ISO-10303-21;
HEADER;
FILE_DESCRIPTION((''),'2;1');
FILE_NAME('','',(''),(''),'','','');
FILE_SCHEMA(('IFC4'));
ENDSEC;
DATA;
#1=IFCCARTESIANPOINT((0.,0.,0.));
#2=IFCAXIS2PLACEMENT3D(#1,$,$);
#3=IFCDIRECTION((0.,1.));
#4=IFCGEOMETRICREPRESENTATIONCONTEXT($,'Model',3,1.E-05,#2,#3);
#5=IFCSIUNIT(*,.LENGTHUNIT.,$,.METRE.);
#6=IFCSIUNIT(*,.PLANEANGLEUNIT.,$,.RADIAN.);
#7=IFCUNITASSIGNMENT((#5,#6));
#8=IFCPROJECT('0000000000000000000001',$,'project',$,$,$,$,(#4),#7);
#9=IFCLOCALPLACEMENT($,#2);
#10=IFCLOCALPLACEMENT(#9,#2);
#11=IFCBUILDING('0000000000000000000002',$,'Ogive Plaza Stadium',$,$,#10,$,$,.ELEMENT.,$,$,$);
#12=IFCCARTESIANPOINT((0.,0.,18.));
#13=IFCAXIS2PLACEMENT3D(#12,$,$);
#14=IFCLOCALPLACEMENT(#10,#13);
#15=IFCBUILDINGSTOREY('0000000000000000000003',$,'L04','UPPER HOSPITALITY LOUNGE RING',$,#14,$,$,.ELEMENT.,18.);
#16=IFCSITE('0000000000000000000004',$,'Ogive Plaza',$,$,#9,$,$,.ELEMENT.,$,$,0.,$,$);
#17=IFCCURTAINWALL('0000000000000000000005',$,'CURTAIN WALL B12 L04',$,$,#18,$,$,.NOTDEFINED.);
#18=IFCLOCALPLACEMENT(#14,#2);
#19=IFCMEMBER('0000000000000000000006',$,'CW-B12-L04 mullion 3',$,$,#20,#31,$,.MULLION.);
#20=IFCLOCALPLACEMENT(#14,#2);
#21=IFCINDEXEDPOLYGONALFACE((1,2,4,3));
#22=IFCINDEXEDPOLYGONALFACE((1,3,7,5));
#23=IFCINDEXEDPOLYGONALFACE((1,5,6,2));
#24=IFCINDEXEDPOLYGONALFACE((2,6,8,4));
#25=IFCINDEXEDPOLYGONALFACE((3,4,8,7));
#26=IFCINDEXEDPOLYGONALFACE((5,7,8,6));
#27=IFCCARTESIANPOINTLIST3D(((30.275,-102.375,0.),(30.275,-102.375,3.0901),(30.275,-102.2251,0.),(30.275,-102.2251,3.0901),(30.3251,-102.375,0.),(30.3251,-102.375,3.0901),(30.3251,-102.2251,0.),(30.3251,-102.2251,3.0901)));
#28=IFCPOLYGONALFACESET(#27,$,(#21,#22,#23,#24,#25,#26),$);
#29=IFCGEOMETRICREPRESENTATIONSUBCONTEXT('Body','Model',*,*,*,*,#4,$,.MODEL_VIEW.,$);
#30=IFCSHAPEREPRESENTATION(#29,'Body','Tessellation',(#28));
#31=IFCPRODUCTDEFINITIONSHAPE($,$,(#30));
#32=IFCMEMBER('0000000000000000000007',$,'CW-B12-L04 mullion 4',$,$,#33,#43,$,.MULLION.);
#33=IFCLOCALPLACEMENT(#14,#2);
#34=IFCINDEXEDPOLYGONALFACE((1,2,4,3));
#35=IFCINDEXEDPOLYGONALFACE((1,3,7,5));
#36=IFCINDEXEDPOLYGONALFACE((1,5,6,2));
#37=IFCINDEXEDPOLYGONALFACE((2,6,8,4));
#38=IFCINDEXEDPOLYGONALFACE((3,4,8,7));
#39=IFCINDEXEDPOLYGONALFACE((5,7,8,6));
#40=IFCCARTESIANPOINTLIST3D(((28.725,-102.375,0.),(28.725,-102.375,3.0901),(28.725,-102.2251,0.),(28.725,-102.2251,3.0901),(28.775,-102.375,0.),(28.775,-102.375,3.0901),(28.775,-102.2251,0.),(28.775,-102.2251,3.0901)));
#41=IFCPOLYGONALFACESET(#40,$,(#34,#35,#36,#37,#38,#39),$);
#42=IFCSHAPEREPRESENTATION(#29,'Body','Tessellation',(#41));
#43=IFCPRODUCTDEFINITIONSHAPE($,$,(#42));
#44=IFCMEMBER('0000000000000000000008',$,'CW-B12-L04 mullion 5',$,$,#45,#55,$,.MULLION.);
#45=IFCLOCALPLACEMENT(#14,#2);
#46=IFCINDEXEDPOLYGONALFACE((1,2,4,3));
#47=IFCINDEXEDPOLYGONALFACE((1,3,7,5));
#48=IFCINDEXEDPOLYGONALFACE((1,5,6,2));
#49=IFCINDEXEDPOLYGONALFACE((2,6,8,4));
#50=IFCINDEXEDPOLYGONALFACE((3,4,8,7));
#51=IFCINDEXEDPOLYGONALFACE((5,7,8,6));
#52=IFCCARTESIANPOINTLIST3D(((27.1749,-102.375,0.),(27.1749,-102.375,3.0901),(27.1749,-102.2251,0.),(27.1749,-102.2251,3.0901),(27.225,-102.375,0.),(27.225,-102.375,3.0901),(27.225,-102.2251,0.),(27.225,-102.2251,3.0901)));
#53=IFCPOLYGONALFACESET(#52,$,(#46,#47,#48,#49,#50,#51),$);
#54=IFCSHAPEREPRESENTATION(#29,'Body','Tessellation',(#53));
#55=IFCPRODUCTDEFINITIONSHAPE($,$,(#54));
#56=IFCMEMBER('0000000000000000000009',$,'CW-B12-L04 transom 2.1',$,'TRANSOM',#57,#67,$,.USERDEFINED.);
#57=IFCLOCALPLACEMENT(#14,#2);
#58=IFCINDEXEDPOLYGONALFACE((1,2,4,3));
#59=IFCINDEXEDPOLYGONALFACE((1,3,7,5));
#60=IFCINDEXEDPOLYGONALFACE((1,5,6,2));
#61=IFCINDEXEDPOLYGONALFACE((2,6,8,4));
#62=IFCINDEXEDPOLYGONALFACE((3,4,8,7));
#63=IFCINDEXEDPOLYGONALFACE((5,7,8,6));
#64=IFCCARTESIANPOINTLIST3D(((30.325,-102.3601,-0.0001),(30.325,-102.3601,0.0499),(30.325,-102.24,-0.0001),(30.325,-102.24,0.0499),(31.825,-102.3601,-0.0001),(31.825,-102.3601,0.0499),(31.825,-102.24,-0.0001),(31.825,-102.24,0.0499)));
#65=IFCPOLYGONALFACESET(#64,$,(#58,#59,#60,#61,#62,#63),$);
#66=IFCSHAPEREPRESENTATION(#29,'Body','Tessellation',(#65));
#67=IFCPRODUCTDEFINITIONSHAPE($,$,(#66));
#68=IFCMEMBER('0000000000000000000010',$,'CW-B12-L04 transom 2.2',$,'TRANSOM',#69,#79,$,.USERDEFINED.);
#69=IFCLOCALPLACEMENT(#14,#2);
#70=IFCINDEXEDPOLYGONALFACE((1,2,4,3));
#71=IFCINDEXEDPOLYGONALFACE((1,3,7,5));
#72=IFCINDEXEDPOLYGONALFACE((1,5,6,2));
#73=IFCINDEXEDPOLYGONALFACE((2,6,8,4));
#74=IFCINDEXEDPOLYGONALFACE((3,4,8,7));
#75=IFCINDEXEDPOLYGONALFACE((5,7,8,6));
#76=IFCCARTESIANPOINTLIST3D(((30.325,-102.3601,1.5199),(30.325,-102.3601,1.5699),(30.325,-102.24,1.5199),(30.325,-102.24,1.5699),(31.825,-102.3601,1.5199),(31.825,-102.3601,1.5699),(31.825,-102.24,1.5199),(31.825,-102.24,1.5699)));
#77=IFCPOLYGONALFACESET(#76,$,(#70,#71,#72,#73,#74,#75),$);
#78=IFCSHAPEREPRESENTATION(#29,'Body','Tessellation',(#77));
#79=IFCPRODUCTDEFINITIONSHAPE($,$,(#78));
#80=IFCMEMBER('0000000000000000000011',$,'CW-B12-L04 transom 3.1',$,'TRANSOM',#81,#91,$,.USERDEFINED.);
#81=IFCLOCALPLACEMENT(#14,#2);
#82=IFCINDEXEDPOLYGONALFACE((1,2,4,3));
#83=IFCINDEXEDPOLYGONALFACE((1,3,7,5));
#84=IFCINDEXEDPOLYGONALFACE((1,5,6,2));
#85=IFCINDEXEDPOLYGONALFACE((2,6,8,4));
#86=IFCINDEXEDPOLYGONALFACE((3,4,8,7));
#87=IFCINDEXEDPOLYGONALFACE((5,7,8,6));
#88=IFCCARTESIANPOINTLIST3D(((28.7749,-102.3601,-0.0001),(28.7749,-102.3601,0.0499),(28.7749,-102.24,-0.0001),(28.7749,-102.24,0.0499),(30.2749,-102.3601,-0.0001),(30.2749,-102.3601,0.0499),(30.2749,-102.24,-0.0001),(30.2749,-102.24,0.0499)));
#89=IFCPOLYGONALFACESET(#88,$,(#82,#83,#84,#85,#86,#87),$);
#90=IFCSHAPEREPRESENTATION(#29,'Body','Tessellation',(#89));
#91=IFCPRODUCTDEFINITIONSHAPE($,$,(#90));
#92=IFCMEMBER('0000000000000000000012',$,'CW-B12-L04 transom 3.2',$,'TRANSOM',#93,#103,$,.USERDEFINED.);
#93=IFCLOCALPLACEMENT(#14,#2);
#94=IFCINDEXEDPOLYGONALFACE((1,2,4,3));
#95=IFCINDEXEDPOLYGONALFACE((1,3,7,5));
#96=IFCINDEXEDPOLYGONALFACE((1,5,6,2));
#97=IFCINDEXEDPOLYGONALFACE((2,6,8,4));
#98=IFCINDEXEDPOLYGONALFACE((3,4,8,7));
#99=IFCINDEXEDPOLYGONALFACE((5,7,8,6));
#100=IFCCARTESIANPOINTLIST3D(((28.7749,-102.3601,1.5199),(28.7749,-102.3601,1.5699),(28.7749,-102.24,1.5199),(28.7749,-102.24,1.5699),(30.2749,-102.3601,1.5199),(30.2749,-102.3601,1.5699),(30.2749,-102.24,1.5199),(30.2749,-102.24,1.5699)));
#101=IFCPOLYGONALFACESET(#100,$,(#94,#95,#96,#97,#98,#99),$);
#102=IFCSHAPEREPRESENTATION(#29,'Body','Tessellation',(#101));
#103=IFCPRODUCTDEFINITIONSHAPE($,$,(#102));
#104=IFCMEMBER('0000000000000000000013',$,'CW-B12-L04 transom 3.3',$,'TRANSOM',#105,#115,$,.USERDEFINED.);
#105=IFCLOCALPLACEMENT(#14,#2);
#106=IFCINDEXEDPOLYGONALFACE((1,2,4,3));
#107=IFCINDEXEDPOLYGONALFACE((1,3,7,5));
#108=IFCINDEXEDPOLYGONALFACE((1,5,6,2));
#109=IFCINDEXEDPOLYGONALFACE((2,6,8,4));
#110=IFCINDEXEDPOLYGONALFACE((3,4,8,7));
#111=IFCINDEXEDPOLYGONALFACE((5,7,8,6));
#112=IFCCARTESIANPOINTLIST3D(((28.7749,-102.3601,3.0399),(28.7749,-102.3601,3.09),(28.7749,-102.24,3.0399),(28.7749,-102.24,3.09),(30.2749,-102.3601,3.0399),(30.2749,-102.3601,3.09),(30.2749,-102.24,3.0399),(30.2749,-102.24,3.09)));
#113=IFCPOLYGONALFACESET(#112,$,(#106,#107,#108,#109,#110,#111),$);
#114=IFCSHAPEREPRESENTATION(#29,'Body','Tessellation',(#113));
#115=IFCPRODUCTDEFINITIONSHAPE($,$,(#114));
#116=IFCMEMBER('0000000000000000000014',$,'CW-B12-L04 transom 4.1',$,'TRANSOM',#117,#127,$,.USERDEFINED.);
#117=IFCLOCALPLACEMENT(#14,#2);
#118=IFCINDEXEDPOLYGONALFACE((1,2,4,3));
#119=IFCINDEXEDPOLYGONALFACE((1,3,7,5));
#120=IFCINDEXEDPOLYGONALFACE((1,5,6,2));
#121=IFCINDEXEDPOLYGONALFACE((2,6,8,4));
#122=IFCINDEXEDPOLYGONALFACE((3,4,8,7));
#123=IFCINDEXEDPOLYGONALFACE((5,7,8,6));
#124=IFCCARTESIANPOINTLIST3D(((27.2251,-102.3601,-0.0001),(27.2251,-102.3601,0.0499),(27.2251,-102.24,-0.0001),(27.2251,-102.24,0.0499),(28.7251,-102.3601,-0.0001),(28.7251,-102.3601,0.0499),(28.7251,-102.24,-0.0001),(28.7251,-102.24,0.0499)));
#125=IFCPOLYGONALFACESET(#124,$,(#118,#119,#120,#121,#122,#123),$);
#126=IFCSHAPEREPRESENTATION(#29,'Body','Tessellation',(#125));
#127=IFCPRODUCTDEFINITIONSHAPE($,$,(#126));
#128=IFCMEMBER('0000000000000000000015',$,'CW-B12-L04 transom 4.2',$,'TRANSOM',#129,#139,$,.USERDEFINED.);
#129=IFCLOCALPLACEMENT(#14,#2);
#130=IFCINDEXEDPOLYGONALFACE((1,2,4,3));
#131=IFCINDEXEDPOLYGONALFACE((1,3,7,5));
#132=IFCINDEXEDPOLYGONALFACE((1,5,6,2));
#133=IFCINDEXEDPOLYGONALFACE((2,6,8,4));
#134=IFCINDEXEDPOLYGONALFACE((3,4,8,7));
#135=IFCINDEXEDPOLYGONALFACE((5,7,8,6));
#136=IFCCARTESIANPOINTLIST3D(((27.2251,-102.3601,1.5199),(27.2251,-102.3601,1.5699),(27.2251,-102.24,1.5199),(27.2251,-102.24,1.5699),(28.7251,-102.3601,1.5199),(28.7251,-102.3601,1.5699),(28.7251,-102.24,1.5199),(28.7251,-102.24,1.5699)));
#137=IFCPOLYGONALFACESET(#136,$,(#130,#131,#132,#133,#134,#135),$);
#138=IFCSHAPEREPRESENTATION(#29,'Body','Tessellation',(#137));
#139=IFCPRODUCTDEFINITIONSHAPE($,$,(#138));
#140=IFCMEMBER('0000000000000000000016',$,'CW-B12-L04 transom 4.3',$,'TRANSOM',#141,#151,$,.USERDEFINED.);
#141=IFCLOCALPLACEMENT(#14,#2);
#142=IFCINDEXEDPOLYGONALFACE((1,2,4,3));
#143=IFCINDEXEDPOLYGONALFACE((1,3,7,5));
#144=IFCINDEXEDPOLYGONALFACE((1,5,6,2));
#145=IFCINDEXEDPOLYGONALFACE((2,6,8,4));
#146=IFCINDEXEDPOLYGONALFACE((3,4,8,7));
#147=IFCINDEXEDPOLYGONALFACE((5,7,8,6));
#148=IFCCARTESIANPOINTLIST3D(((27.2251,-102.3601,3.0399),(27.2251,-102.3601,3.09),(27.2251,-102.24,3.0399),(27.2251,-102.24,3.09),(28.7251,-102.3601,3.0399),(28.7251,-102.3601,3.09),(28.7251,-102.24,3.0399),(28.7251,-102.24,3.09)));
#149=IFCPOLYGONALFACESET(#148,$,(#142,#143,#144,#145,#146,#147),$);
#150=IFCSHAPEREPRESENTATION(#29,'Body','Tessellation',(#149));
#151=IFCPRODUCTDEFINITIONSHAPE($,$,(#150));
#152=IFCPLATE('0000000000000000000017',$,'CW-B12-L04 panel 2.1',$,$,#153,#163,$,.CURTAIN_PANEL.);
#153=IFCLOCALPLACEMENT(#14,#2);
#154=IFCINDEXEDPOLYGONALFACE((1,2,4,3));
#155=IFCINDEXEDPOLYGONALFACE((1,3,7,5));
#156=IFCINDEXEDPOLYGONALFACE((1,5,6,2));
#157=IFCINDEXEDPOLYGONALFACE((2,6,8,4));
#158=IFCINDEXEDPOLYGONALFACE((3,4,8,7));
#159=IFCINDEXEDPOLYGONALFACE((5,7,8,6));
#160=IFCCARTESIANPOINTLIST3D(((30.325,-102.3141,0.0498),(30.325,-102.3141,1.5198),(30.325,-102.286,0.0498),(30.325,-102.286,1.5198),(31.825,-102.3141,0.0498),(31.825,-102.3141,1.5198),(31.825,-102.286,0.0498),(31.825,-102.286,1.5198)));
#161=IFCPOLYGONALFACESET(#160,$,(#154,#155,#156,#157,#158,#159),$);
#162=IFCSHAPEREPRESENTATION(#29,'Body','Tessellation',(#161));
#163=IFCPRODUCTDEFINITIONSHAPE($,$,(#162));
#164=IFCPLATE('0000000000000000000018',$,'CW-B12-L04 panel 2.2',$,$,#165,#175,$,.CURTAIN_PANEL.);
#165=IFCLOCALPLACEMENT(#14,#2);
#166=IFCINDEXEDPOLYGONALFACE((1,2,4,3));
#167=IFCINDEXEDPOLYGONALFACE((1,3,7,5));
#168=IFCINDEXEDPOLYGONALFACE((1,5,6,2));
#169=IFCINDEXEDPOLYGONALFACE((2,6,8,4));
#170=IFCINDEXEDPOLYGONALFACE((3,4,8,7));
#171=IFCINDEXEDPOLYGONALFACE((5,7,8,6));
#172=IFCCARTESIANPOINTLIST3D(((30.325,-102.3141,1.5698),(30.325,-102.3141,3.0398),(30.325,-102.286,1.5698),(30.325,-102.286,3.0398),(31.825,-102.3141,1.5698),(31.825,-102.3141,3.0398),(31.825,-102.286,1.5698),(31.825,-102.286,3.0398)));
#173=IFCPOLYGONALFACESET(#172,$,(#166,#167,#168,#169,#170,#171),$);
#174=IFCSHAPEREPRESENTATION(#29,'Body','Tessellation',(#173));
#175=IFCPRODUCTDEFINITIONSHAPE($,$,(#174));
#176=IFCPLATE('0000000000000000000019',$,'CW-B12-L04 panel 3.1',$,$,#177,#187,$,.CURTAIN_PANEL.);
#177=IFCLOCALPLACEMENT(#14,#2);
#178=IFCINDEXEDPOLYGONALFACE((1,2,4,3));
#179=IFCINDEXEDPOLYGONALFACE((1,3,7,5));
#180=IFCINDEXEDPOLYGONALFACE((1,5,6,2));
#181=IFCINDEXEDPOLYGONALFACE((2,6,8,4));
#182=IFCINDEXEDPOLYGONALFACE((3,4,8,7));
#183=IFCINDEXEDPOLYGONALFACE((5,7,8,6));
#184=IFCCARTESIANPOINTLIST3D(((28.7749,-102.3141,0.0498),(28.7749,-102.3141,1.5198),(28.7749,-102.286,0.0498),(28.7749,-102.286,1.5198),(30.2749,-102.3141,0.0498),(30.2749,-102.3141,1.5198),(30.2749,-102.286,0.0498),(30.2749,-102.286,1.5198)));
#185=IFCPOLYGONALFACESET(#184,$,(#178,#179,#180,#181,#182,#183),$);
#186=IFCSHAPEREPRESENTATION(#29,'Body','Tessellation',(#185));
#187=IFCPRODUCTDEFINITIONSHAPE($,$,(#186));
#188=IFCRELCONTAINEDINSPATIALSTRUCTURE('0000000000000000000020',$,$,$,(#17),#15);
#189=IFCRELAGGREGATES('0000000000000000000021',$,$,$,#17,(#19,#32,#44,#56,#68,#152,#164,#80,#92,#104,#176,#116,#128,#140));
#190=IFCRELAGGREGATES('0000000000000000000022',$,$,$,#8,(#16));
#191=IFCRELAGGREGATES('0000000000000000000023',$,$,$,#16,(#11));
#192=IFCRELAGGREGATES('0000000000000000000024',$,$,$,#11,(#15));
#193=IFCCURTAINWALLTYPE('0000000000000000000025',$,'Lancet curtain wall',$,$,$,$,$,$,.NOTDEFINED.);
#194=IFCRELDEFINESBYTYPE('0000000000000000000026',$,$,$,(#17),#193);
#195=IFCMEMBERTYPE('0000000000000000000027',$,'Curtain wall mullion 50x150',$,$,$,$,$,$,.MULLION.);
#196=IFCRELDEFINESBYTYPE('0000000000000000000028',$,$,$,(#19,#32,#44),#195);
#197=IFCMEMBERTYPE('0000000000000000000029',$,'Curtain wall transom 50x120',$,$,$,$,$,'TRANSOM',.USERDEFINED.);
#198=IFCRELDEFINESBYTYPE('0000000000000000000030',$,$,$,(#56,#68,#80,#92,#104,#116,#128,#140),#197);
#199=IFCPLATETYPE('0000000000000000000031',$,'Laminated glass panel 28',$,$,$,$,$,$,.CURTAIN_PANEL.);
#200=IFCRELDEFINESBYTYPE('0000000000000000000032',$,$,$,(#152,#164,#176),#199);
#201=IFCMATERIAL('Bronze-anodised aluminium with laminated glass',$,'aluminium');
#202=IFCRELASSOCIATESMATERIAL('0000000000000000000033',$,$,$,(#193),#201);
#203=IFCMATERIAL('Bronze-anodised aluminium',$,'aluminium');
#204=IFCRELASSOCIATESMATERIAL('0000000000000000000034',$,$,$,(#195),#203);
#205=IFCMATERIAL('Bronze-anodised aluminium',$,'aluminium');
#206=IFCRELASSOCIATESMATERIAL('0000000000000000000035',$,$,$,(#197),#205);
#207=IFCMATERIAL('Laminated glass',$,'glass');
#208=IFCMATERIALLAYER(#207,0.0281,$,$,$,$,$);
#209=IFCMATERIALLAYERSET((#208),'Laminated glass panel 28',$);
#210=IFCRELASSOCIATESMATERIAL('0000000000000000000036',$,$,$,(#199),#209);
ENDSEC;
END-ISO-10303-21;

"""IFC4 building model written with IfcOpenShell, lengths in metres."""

from ifc_helpers import new_model, si_unit, direction, frame, origin, origin_2d, place, context, subcontext, project, spatial, rectangle, extrude, material, layer, layer_set, material_profile, profile_set, type_object, element, aggregate, save


model = new_model("IFC4")

# Units and contexts
model_context = context("Model", 3, precision=1e-05, world=origin(), true_north=direction((0.0, 1.0)))
body_context = subcontext(model_context, "Body", "Model", "MODEL_VIEW")
ifc_project = project(units=[si_unit("LENGTHUNIT", "METRE"), si_unit("PLANEANGLEUNIT", "RADIAN")], contexts=[model_context])

# Site, building, storey
site_placement = place(None, origin())
site = spatial("IfcSite", under=ifc_project, at=site_placement, Name="Ogive Plaza", CompositionType="ELEMENT", RefElevation=0.0)
building_placement = place(site_placement, origin())
building = spatial("IfcBuilding", under=site, at=building_placement, Name="Ogive Plaza Stadium", CompositionType="ELEMENT")
storey_placement = place(building_placement, frame((0.0, 0.0, 18.0)))
storey = spatial("IfcBuildingStorey", under=building, at=storey_placement, Name="L04", Description="UPPER HOSPITALITY LOUNGE RING", CompositionType="ELEMENT", Elevation=18.0)

# Curtain wall, members, plates
ifc_material_1 = material(Name="Bronze-anodised aluminium with laminated glass", Category="aluminium")
curtain_wall_type = type_object("IfcCurtainWallType", Name="Lancet curtain wall", PredefinedType="NOTDEFINED", material=ifc_material_1)
curtain_wall_placement = place(storey_placement, origin())
curtain_wall = element("IfcCurtainWall", 1, at=curtain_wall_placement, inside=storey, type_object=curtain_wall_type, Name="CURTAIN WALL B12 L04", PredefinedType="NOTDEFINED")
ifc_material_2 = material(Name="Bronze-anodised aluminium", Category="aluminium")
ifc_material_profile_1 = material_profile(ifc_material_2, rectangle(XDim=0.1499, YDim=0.05, at=origin_2d()), Name="AL 150x50")
ifc_profile_set_1 = profile_set([ifc_material_profile_1], Name="Bronze-anodised aluminium")
member_type_1 = type_object("IfcMemberType", Name="Curtain wall mullion 50x150", PredefinedType="MULLION", material=ifc_profile_set_1)
member_1_placement = place(storey_placement, frame((30.3, -102.3, 0.0), z_axis=(0.0, 0.0, 1.0), x_axis=(0.0, -1.0, 0.0)))
member_1 = element("IfcMember", 2, at=member_1_placement, type_object=member_type_1, Name="CW-B12-L04 mullion 3", PredefinedType="MULLION", context=body_context, shape_type="SweptSolid", body=[
    extrude(rectangle(XDim=0.1499, YDim=0.05, at=origin_2d()), origin(), (0.0, 0.0, 1.0), 3.0901),
])
member_2_placement = place(storey_placement, frame((28.75, -102.3, 0.0), z_axis=(0.0, 0.0, 1.0), x_axis=(0.0, -1.0, 0.0)))
member_2 = element("IfcMember", 3, at=member_2_placement, type_object=member_type_1, Name="CW-B12-L04 mullion 4", PredefinedType="MULLION", context=body_context, shape_type="SweptSolid", body=[
    extrude(rectangle(XDim=0.1499, YDim=0.05, at=origin_2d()), origin(), (0.0, 0.0, 1.0), 3.0901),
])
member_3_placement = place(storey_placement, frame((27.2, -102.3, 0.0), z_axis=(0.0, 0.0, 1.0), x_axis=(0.0, -1.0, 0.0)))
member_3 = element("IfcMember", 4, at=member_3_placement, type_object=member_type_1, Name="CW-B12-L04 mullion 5", PredefinedType="MULLION", context=body_context, shape_type="SweptSolid", body=[
    extrude(rectangle(XDim=0.1499, YDim=0.05, at=origin_2d()), origin(), (0.0, 0.0, 1.0), 3.0901),
])
ifc_material_3 = material(Name="Bronze-anodised aluminium", Category="aluminium")
ifc_material_profile_2 = material_profile(ifc_material_3, rectangle(XDim=0.1201, YDim=0.05, at=origin_2d()), Name="AL 120x50")
ifc_profile_set_2 = profile_set([ifc_material_profile_2], Name="Bronze-anodised aluminium")
member_type_2 = type_object("IfcMemberType", Name="Curtain wall transom 50x120", ElementType="TRANSOM", PredefinedType="USERDEFINED", material=ifc_profile_set_2)
member_4_placement = place(storey_placement, frame((31.825, -102.3, 0.0249), z_axis=(-1.0, 0.0, 0.0), x_axis=(0.0, -1.0, 0.0)))
member_4 = element("IfcMember", 5, at=member_4_placement, type_object=member_type_2, Name="CW-B12-L04 transom 2.1", ObjectType="TRANSOM", PredefinedType="USERDEFINED", context=body_context, shape_type="SweptSolid", body=[
    extrude(rectangle(XDim=0.1201, YDim=0.05, at=origin_2d()), origin(), (0.0, 0.0, 1.0), 1.5),
])
member_5_placement = place(storey_placement, frame((31.825, -102.3, 1.5449), z_axis=(-1.0, 0.0, 0.0), x_axis=(0.0, -1.0, 0.0)))
member_5 = element("IfcMember", 6, at=member_5_placement, type_object=member_type_2, Name="CW-B12-L04 transom 2.2", ObjectType="TRANSOM", PredefinedType="USERDEFINED", context=body_context, shape_type="SweptSolid", body=[
    extrude(rectangle(XDim=0.1201, YDim=0.05, at=origin_2d()), origin(), (0.0, 0.0, 1.0), 1.5),
])
member_6_placement = place(storey_placement, frame((30.2749, -102.3, 0.0249), z_axis=(-1.0, 0.0, 0.0), x_axis=(0.0, -1.0, 0.0)))
member_6 = element("IfcMember", 7, at=member_6_placement, type_object=member_type_2, Name="CW-B12-L04 transom 3.1", ObjectType="TRANSOM", PredefinedType="USERDEFINED", context=body_context, shape_type="SweptSolid", body=[
    extrude(rectangle(XDim=0.1201, YDim=0.05, at=origin_2d()), origin(), (0.0, 0.0, 1.0), 1.5),
])
member_7_placement = place(storey_placement, frame((30.2749, -102.3, 1.5449), z_axis=(-1.0, 0.0, 0.0), x_axis=(0.0, -1.0, 0.0)))
member_7 = element("IfcMember", 8, at=member_7_placement, type_object=member_type_2, Name="CW-B12-L04 transom 3.2", ObjectType="TRANSOM", PredefinedType="USERDEFINED", context=body_context, shape_type="SweptSolid", body=[
    extrude(rectangle(XDim=0.1201, YDim=0.05, at=origin_2d()), origin(), (0.0, 0.0, 1.0), 1.5),
])
member_8_placement = place(storey_placement, frame((30.2749, -102.3, 3.0649), z_axis=(-1.0, 0.0, 0.0), x_axis=(0.0, -1.0, 0.0)))
member_8 = element("IfcMember", 9, at=member_8_placement, type_object=member_type_2, Name="CW-B12-L04 transom 3.3", ObjectType="TRANSOM", PredefinedType="USERDEFINED", context=body_context, shape_type="SweptSolid", body=[
    extrude(rectangle(XDim=0.1201, YDim=0.05, at=origin_2d()), origin(), (0.0, 0.0, 1.0), 1.5),
])
member_9_placement = place(storey_placement, frame((28.7251, -102.3, 0.0249), z_axis=(-1.0, 0.0, 0.0), x_axis=(0.0, -1.0, 0.0)))
member_9 = element("IfcMember", 10, at=member_9_placement, type_object=member_type_2, Name="CW-B12-L04 transom 4.1", ObjectType="TRANSOM", PredefinedType="USERDEFINED", context=body_context, shape_type="SweptSolid", body=[
    extrude(rectangle(XDim=0.1201, YDim=0.05, at=origin_2d()), origin(), (0.0, 0.0, 1.0), 1.5),
])
member_10_placement = place(storey_placement, frame((28.7251, -102.3, 1.5449), z_axis=(-1.0, 0.0, 0.0), x_axis=(0.0, -1.0, 0.0)))
member_10 = element("IfcMember", 11, at=member_10_placement, type_object=member_type_2, Name="CW-B12-L04 transom 4.2", ObjectType="TRANSOM", PredefinedType="USERDEFINED", context=body_context, shape_type="SweptSolid", body=[
    extrude(rectangle(XDim=0.1201, YDim=0.05, at=origin_2d()), origin(), (0.0, 0.0, 1.0), 1.5),
])
member_11_placement = place(storey_placement, frame((28.7251, -102.3, 3.0649), z_axis=(-1.0, 0.0, 0.0), x_axis=(0.0, -1.0, 0.0)))
member_11 = element("IfcMember", 12, at=member_11_placement, type_object=member_type_2, Name="CW-B12-L04 transom 4.3", ObjectType="TRANSOM", PredefinedType="USERDEFINED", context=body_context, shape_type="SweptSolid", body=[
    extrude(rectangle(XDim=0.1201, YDim=0.05, at=origin_2d()), origin(), (0.0, 0.0, 1.0), 1.5),
])
ifc_material_4 = material(Name="Laminated glass", Category="glass")
ifc_layer_1 = layer(ifc_material_4, 0.0281)
ifc_layer_set_1 = layer_set([ifc_layer_1], Name="Laminated glass panel 28")
plate_type = type_object("IfcPlateType", Name="Laminated glass panel 28", PredefinedType="CURTAIN_PANEL", material=ifc_layer_set_1)
plate_1_placement = place(storey_placement, frame((31.075, -102.3, 0.0498), z_axis=(0.0, 0.0, 1.0), x_axis=(-1.0, 0.0, 0.0)))
plate_1 = element("IfcPlate", 13, at=plate_1_placement, type_object=plate_type, Name="CW-B12-L04 panel 2.1", PredefinedType="CURTAIN_PANEL", context=body_context, shape_type="SweptSolid", body=[
    extrude(rectangle(XDim=1.5, YDim=0.0281, at=origin_2d()), origin(), (0.0, 0.0, 1.0), 1.47),
])
plate_2_placement = place(storey_placement, frame((31.075, -102.3, 1.5698), z_axis=(0.0, 0.0, 1.0), x_axis=(-1.0, 0.0, 0.0)))
plate_2 = element("IfcPlate", 14, at=plate_2_placement, type_object=plate_type, Name="CW-B12-L04 panel 2.2", PredefinedType="CURTAIN_PANEL", context=body_context, shape_type="SweptSolid", body=[
    extrude(rectangle(XDim=1.5, YDim=0.0281, at=origin_2d()), origin(), (0.0, 0.0, 1.0), 1.47),
])
plate_3_placement = place(storey_placement, frame((29.5249, -102.3, 0.0498), z_axis=(0.0, 0.0, 1.0), x_axis=(-1.0, 0.0, 0.0)))
plate_3 = element("IfcPlate", 15, at=plate_3_placement, type_object=plate_type, Name="CW-B12-L04 panel 3.1", PredefinedType="CURTAIN_PANEL", context=body_context, shape_type="SweptSolid", body=[
    extrude(rectangle(XDim=1.5, YDim=0.0281, at=origin_2d()), origin(), (0.0, 0.0, 1.0), 1.47),
])
aggregate(curtain_wall, [member_1, member_2, member_3, member_4, member_5, plate_1, plate_2, member_6, member_7, member_8, plate_3, member_9, member_10, member_11])

save(model, "model.ifc")
